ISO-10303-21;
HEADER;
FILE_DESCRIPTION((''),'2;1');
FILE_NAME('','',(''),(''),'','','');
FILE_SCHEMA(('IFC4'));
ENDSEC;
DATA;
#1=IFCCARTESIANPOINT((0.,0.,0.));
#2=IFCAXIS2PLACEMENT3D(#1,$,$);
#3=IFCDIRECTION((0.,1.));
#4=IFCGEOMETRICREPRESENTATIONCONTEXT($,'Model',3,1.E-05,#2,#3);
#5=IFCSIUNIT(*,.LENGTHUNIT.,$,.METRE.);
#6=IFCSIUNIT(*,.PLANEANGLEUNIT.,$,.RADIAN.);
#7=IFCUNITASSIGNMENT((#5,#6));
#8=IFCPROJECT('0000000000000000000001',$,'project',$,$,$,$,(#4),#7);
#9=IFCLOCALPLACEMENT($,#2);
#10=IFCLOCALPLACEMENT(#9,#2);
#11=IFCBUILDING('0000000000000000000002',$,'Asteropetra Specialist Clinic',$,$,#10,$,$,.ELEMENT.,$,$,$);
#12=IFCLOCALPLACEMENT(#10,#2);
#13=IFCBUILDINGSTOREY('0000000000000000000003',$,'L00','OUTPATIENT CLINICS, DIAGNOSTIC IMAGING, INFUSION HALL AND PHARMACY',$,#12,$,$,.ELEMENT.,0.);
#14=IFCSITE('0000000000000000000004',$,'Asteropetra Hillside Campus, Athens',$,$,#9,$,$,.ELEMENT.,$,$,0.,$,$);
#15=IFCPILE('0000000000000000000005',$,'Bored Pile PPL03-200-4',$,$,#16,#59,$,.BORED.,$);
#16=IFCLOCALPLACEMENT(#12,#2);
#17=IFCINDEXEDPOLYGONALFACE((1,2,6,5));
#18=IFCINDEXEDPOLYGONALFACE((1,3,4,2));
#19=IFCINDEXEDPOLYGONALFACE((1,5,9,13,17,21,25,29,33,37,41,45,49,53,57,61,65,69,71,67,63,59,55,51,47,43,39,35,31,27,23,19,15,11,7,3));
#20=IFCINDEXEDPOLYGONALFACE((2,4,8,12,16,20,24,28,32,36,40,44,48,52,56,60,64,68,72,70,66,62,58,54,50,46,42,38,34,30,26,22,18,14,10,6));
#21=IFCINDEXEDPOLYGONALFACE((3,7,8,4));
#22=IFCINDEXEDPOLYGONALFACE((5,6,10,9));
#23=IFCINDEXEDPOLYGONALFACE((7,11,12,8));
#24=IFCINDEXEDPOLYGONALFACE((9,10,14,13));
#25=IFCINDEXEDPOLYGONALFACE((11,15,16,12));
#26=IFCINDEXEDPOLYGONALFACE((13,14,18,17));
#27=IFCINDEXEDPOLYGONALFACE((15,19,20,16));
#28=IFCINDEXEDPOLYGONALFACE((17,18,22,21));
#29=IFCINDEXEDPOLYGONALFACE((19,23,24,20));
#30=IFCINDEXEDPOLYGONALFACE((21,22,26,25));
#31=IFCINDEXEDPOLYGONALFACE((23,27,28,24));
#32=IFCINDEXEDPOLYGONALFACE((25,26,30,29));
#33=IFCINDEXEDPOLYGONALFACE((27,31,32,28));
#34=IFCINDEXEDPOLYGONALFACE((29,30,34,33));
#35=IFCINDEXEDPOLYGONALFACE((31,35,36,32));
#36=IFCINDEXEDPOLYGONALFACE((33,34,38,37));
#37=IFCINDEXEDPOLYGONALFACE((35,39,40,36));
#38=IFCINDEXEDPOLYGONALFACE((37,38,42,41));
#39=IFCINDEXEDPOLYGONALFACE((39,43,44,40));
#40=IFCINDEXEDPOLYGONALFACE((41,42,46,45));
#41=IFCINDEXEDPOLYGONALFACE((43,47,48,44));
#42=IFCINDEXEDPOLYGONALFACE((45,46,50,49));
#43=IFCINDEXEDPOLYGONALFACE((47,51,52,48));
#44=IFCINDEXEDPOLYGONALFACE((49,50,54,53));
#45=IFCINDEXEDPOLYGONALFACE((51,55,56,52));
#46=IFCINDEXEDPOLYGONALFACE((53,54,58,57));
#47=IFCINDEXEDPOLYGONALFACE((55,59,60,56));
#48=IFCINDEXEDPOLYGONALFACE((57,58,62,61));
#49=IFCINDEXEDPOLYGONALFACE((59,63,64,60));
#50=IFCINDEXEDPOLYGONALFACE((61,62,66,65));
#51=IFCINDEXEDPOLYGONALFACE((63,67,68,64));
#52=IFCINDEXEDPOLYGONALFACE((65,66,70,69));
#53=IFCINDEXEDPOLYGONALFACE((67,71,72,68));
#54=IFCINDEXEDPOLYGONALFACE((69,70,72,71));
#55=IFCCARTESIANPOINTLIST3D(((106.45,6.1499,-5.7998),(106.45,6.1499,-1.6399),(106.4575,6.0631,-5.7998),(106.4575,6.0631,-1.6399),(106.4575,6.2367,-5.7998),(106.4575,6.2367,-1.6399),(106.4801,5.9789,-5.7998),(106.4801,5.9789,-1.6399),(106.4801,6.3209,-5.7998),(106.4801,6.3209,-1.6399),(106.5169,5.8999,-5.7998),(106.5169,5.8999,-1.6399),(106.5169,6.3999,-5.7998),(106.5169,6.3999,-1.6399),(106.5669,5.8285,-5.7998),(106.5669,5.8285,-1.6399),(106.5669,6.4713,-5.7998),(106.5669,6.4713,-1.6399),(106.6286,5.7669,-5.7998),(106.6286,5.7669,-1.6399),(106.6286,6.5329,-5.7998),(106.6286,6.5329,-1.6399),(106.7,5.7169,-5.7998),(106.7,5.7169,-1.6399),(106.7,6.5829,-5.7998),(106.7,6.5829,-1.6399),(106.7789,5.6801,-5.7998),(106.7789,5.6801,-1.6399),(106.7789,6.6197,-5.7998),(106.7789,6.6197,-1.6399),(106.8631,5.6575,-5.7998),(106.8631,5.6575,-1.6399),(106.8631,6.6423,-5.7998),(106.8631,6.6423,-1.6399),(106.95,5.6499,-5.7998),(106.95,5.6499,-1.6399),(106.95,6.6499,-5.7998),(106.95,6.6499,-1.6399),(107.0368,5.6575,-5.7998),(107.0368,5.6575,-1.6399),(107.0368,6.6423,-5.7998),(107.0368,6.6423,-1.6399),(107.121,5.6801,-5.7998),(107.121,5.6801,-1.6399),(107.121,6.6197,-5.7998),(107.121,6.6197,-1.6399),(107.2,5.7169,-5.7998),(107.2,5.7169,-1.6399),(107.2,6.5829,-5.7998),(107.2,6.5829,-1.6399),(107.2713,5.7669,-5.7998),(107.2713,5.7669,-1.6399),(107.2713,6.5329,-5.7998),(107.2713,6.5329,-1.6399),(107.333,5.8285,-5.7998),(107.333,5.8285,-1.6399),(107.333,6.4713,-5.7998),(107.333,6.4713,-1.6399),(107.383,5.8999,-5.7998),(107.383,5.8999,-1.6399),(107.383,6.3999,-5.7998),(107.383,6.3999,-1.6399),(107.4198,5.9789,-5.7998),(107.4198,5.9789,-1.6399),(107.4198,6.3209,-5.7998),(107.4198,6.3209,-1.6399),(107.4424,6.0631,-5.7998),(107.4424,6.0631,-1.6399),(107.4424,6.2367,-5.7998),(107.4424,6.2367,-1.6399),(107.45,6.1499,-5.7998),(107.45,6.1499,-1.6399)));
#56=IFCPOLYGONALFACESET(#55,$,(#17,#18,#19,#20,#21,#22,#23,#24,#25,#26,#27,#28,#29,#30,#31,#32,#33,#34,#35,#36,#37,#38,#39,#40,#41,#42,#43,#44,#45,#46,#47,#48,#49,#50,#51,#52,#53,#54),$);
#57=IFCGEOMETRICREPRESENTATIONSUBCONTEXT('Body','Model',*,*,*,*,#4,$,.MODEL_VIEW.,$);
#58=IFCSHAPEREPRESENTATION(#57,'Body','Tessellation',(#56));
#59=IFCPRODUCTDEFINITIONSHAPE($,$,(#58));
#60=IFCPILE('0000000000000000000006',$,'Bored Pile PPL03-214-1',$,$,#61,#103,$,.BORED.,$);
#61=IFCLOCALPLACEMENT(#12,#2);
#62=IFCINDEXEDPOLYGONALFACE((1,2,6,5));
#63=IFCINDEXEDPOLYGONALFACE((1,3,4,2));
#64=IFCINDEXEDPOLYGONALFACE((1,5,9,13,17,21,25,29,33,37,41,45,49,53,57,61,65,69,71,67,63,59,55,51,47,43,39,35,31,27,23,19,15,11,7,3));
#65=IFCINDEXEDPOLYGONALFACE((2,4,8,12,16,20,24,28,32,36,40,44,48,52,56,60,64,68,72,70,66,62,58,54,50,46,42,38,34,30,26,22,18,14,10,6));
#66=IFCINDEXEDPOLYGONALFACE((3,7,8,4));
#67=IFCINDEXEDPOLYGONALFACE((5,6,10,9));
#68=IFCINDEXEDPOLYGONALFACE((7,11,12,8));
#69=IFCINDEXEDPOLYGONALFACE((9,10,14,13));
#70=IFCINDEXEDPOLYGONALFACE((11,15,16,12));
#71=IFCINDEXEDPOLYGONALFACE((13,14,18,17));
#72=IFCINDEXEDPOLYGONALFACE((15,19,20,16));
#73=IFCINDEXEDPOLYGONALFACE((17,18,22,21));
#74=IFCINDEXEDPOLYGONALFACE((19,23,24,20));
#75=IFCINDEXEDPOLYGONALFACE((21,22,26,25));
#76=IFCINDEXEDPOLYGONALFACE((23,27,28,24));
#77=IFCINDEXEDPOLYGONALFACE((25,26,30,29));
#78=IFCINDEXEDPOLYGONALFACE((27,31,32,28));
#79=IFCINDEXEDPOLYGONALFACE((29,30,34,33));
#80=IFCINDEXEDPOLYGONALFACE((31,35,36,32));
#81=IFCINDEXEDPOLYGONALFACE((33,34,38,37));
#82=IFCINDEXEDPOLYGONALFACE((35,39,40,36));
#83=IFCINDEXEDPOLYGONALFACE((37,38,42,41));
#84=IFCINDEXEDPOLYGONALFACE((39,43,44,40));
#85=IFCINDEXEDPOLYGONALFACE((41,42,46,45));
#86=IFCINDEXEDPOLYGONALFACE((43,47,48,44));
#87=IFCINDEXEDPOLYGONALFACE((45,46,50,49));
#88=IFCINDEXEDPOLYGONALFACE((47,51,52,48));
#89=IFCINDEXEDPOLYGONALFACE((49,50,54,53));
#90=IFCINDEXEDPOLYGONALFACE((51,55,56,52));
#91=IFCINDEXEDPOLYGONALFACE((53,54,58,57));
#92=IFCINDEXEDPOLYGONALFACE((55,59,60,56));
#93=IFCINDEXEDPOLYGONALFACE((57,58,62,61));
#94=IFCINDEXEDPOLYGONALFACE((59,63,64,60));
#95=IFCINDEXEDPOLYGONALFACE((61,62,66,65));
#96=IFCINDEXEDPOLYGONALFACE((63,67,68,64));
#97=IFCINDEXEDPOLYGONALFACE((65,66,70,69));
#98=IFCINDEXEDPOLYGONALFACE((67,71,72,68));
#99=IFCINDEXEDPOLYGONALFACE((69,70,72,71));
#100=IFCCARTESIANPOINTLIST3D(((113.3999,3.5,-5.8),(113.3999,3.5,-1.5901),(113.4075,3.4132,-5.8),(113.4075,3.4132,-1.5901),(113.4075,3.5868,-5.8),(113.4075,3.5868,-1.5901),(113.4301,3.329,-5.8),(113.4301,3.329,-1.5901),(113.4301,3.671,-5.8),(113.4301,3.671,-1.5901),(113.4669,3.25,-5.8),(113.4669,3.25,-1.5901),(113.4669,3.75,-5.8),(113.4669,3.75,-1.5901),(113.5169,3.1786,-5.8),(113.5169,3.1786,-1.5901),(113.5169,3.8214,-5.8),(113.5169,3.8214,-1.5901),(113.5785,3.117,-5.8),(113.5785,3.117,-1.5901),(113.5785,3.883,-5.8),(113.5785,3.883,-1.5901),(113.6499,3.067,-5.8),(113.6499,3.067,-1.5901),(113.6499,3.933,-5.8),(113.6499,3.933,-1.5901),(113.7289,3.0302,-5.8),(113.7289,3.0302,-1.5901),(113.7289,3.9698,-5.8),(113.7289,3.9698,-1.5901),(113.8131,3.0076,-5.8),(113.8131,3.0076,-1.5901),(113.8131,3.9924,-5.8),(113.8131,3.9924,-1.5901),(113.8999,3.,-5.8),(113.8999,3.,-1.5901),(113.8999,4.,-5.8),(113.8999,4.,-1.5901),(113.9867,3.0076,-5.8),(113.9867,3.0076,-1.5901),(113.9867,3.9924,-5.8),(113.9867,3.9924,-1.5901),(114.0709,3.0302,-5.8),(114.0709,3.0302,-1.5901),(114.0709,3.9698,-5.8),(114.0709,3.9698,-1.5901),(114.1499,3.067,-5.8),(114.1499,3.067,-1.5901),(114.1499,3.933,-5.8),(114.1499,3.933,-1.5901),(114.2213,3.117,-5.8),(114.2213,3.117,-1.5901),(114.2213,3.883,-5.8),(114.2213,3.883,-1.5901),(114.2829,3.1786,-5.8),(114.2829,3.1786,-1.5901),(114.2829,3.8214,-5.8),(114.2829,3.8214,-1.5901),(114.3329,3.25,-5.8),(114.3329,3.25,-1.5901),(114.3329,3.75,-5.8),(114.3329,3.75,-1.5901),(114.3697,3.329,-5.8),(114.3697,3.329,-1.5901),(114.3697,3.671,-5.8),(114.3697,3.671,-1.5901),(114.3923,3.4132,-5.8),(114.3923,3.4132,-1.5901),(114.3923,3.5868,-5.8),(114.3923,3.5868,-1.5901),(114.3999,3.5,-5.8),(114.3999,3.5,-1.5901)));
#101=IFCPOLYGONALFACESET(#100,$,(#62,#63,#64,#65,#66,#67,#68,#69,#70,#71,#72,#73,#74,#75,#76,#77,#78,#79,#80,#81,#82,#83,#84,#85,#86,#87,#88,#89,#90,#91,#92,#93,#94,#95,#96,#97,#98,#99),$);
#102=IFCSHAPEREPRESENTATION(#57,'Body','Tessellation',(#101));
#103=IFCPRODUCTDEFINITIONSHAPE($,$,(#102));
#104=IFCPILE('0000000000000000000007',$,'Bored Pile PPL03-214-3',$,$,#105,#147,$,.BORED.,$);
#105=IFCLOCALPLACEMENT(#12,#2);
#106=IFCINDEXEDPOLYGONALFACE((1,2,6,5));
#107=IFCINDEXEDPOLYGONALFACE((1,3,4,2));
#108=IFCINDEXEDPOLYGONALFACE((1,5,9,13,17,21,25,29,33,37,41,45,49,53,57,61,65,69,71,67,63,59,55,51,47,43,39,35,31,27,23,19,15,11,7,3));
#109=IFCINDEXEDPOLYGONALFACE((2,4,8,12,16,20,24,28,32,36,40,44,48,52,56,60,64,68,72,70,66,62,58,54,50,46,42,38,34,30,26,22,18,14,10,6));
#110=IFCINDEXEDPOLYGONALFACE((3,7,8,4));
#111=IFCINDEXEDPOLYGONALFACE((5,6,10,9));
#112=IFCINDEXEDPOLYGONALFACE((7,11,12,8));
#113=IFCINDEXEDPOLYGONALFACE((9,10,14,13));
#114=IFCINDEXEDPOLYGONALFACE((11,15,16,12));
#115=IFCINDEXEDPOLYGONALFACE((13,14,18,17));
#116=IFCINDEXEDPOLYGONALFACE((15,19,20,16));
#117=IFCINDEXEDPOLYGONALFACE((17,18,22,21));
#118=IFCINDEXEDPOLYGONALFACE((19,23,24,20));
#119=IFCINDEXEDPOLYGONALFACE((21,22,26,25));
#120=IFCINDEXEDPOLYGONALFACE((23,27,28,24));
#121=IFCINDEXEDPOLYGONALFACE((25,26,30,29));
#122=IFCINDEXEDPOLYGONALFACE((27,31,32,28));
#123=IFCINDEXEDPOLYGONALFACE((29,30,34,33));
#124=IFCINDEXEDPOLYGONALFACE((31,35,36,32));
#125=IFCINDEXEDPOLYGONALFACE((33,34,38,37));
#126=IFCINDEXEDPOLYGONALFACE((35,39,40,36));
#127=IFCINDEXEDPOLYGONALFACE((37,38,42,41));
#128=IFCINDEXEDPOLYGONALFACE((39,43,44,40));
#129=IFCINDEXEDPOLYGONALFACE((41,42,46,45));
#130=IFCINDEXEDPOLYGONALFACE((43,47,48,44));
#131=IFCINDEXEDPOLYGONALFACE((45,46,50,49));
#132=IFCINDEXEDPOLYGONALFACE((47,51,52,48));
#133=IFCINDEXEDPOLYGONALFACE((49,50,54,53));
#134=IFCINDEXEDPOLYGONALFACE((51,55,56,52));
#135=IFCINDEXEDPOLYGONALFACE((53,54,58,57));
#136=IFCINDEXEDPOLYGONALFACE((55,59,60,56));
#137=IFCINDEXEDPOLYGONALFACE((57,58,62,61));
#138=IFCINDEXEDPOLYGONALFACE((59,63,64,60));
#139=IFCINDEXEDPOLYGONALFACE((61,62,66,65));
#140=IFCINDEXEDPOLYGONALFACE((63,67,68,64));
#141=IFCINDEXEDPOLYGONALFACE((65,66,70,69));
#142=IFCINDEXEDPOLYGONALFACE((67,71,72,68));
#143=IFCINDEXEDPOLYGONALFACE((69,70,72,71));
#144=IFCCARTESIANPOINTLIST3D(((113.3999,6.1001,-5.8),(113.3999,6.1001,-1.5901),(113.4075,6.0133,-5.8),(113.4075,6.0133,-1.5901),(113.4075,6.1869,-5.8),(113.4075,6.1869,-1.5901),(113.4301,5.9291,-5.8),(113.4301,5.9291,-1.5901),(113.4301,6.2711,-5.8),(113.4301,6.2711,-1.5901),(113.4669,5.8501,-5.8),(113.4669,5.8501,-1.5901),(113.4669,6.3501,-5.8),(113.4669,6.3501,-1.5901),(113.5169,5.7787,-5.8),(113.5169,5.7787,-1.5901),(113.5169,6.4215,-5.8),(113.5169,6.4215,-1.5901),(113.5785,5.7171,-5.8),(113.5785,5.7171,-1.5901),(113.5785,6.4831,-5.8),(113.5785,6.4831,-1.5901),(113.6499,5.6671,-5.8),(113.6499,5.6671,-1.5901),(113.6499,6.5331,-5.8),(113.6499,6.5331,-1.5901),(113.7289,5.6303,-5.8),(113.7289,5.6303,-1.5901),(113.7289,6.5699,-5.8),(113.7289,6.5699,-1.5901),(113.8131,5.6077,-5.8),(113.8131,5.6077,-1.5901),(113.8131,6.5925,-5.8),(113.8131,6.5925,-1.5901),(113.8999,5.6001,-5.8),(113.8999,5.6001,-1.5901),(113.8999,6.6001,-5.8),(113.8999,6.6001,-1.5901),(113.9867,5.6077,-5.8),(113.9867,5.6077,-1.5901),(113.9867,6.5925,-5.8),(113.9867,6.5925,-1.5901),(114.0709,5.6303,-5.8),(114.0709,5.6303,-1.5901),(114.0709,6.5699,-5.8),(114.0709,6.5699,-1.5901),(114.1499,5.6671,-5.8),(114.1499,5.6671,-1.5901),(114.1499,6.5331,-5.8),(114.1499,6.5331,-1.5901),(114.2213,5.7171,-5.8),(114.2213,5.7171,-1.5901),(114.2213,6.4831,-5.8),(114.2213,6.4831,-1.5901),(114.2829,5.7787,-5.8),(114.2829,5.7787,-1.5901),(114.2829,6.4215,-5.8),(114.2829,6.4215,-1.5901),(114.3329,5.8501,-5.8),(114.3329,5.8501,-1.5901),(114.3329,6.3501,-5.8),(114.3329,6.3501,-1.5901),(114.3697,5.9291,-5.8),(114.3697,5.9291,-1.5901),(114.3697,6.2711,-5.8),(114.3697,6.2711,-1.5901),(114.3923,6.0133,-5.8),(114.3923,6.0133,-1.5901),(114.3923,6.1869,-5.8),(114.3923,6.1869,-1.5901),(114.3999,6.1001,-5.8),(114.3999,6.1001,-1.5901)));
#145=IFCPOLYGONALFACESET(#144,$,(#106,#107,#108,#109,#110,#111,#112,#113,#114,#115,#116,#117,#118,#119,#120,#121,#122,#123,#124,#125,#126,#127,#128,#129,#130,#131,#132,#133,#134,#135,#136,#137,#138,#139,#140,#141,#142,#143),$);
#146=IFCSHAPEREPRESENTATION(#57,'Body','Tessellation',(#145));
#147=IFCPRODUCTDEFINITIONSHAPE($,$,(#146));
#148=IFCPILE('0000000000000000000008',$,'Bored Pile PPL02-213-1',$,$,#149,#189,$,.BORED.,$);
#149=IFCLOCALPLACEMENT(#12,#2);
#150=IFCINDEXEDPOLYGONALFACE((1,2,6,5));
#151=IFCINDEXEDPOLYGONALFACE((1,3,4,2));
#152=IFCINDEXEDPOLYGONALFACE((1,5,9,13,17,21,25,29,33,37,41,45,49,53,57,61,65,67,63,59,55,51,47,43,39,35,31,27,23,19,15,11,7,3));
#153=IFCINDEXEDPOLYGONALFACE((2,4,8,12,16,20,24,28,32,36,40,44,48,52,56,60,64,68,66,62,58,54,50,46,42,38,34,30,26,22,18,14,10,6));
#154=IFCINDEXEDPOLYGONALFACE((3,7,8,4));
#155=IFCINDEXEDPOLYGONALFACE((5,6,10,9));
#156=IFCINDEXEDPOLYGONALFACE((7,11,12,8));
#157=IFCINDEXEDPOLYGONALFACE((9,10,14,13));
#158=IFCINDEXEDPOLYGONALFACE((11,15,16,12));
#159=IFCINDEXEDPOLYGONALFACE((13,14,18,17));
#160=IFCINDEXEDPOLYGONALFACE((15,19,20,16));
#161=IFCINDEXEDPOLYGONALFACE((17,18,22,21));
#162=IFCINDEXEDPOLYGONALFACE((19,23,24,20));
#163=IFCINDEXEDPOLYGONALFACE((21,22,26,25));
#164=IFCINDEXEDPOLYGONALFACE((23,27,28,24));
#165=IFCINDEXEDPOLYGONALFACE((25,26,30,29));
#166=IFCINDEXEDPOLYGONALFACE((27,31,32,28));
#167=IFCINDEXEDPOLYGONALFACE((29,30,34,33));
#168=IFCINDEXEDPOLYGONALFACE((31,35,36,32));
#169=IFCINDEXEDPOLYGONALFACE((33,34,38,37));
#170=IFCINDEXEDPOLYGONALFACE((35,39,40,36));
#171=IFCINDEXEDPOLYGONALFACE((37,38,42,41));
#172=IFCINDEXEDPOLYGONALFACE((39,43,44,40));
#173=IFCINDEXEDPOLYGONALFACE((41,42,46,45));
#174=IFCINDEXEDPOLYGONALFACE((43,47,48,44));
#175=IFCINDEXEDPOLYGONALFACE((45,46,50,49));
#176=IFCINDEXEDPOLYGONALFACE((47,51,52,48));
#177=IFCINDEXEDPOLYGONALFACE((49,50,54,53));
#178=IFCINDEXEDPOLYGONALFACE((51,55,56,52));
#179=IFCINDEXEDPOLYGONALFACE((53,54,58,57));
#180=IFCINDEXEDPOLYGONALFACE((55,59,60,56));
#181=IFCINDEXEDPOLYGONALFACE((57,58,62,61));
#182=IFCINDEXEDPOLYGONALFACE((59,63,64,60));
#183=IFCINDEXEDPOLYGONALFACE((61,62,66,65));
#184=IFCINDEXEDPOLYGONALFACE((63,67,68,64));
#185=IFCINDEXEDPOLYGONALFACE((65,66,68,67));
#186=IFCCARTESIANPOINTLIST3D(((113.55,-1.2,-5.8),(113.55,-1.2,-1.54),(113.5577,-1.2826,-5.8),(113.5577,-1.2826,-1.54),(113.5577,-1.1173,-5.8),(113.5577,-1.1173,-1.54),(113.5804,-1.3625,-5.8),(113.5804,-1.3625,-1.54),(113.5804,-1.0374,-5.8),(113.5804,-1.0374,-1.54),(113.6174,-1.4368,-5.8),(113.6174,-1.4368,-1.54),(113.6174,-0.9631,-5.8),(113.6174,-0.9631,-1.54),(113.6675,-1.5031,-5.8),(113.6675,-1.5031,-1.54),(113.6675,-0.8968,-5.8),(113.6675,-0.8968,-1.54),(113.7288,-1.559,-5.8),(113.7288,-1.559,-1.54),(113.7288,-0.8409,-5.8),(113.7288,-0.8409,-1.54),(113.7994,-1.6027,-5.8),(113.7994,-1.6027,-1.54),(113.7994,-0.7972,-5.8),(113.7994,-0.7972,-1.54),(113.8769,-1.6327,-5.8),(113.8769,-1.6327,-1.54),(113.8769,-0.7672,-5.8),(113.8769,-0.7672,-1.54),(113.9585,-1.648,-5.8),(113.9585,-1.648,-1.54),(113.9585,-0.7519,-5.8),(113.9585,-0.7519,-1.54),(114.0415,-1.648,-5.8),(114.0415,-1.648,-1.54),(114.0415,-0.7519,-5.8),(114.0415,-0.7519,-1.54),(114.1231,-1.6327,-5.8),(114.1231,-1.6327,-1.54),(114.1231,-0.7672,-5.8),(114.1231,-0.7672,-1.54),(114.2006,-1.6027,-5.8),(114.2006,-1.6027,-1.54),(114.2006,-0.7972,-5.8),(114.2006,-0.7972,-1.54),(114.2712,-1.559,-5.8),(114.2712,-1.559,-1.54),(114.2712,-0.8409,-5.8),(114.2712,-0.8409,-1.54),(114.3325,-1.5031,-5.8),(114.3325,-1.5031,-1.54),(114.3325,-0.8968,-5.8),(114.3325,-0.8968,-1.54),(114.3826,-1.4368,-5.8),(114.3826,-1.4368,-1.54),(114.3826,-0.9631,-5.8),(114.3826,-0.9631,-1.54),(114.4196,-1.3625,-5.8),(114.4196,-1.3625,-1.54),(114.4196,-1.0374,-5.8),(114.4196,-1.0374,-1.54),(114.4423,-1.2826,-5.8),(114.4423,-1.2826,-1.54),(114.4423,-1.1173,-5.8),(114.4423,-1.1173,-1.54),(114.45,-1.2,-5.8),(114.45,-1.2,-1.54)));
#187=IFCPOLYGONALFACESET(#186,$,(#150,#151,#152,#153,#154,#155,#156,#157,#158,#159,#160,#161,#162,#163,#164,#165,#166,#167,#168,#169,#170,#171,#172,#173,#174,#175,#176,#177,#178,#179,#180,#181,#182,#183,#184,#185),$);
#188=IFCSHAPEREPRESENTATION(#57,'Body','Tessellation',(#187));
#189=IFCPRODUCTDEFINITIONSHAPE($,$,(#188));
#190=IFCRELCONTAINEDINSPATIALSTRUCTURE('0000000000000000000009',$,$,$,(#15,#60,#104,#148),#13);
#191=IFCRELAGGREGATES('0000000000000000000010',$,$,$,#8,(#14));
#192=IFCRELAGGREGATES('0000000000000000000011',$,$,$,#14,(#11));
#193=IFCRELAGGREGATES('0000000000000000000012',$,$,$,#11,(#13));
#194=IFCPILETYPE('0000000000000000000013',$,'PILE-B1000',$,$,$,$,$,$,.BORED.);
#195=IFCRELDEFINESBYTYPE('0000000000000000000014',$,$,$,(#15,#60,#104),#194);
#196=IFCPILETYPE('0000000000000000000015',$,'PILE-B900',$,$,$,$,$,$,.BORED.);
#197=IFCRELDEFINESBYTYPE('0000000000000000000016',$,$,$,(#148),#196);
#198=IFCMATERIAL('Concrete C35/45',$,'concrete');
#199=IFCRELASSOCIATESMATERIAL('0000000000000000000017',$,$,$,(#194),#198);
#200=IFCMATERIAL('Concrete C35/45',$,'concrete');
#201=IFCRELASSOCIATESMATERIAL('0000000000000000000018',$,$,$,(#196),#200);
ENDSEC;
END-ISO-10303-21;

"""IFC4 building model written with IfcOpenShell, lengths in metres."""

from ifc_helpers import new_model, si_unit, direction, frame, origin, origin_2d, place, context, subcontext, project, spatial, circle, extrude, material, material_profile, profile_set, type_object, element, save


model = new_model("IFC4")

# Units and contexts
model_context = context("Model", 3, precision=1e-05, world=origin(), true_north=direction((0.0, 1.0)))
body_context = subcontext(model_context, "Body", "Model", "MODEL_VIEW")
ifc_project = project(units=[si_unit("LENGTHUNIT", "METRE"), si_unit("PLANEANGLEUNIT", "RADIAN")], contexts=[model_context])

# Site, building, storey
site_placement = place(None, origin())
site = spatial("IfcSite", under=ifc_project, at=site_placement, Name="Asteropetra Hillside Campus, Athens", CompositionType="ELEMENT", RefElevation=0.0)
building_placement = place(site_placement, origin())
building = spatial("IfcBuilding", under=site, at=building_placement, Name="Asteropetra Specialist Clinic", CompositionType="ELEMENT")
storey_placement = place(building_placement, origin())
storey = spatial("IfcBuildingStorey", under=building, at=storey_placement, Name="L00", Description="OUTPATIENT CLINICS, DIAGNOSTIC IMAGING, INFUSION HALL AND PHARMACY", CompositionType="ELEMENT", Elevation=0.0)

# Piles
ifc_material_1 = material(Name="Concrete C35/45", Category="concrete")
ifc_material_profile_1 = material_profile(ifc_material_1, circle(Radius=0.5, at=origin_2d()), Name="PILE D1000")
ifc_profile_set_1 = profile_set([ifc_material_profile_1], Name="Concrete C35/45")
pile_type_1 = type_object("IfcPileType", Name="PILE-B1000", PredefinedType="BORED", material=ifc_profile_set_1)
for number, where, z_axis, x_axis, name in (
    (1, (106.95, 6.1499, -1.6399), (0.0, 0.0, -1.0), (1.0, 0.0, 0.0), "Bored Pile PPL03-200-4"),
):
    element("IfcPile", number, at=place(storey_placement, frame(where, z_axis=z_axis, x_axis=x_axis)), inside=storey, type_object=pile_type_1, Name=name, PredefinedType="BORED", context=body_context, shape_type="SweptSolid", body=[
        extrude(circle(Radius=0.5, at=origin_2d()), origin(), (0.0, 0.0, 1.0), 4.1599),
    ])
for number, where, z_axis, x_axis, name in (
    (2, (113.8999, 3.5, -1.5901), (0.0, 0.0, -1.0), (1.0, 0.0, 0.0), "Bored Pile PPL03-214-1"),
    (3, (113.8999, 6.1001, -1.5901), (0.0, 0.0, -1.0), (1.0, 0.0, 0.0), "Bored Pile PPL03-214-3"),
):
    element("IfcPile", number, at=place(storey_placement, frame(where, z_axis=z_axis, x_axis=x_axis)), inside=storey, type_object=pile_type_1, Name=name, PredefinedType="BORED", context=body_context, shape_type="SweptSolid", body=[
        extrude(circle(Radius=0.5, at=origin_2d()), origin(), (0.0, 0.0, 1.0), 4.21),
    ])
ifc_material_2 = material(Name="Concrete C35/45", Category="concrete")
ifc_material_profile_2 = material_profile(ifc_material_2, circle(Radius=0.45, at=origin_2d()), Name="PILE D900")
ifc_profile_set_2 = profile_set([ifc_material_profile_2], Name="Concrete C35/45")
pile_type_2 = type_object("IfcPileType", Name="PILE-B900", PredefinedType="BORED", material=ifc_profile_set_2)
for number, where, z_axis, x_axis, name in (
    (4, (114.0, -1.2, -1.54), (0.0, 0.0, -1.0), (1.0, 0.0, 0.0), "Bored Pile PPL02-213-1"),
):
    element("IfcPile", number, at=place(storey_placement, frame(where, z_axis=z_axis, x_axis=x_axis)), inside=storey, type_object=pile_type_2, Name=name, PredefinedType="BORED", context=body_context, shape_type="SweptSolid", body=[
        extrude(circle(Radius=0.45, at=origin_2d()), origin(), (0.0, 0.0, 1.0), 4.26),
    ])

save(model, "model.ifc")
